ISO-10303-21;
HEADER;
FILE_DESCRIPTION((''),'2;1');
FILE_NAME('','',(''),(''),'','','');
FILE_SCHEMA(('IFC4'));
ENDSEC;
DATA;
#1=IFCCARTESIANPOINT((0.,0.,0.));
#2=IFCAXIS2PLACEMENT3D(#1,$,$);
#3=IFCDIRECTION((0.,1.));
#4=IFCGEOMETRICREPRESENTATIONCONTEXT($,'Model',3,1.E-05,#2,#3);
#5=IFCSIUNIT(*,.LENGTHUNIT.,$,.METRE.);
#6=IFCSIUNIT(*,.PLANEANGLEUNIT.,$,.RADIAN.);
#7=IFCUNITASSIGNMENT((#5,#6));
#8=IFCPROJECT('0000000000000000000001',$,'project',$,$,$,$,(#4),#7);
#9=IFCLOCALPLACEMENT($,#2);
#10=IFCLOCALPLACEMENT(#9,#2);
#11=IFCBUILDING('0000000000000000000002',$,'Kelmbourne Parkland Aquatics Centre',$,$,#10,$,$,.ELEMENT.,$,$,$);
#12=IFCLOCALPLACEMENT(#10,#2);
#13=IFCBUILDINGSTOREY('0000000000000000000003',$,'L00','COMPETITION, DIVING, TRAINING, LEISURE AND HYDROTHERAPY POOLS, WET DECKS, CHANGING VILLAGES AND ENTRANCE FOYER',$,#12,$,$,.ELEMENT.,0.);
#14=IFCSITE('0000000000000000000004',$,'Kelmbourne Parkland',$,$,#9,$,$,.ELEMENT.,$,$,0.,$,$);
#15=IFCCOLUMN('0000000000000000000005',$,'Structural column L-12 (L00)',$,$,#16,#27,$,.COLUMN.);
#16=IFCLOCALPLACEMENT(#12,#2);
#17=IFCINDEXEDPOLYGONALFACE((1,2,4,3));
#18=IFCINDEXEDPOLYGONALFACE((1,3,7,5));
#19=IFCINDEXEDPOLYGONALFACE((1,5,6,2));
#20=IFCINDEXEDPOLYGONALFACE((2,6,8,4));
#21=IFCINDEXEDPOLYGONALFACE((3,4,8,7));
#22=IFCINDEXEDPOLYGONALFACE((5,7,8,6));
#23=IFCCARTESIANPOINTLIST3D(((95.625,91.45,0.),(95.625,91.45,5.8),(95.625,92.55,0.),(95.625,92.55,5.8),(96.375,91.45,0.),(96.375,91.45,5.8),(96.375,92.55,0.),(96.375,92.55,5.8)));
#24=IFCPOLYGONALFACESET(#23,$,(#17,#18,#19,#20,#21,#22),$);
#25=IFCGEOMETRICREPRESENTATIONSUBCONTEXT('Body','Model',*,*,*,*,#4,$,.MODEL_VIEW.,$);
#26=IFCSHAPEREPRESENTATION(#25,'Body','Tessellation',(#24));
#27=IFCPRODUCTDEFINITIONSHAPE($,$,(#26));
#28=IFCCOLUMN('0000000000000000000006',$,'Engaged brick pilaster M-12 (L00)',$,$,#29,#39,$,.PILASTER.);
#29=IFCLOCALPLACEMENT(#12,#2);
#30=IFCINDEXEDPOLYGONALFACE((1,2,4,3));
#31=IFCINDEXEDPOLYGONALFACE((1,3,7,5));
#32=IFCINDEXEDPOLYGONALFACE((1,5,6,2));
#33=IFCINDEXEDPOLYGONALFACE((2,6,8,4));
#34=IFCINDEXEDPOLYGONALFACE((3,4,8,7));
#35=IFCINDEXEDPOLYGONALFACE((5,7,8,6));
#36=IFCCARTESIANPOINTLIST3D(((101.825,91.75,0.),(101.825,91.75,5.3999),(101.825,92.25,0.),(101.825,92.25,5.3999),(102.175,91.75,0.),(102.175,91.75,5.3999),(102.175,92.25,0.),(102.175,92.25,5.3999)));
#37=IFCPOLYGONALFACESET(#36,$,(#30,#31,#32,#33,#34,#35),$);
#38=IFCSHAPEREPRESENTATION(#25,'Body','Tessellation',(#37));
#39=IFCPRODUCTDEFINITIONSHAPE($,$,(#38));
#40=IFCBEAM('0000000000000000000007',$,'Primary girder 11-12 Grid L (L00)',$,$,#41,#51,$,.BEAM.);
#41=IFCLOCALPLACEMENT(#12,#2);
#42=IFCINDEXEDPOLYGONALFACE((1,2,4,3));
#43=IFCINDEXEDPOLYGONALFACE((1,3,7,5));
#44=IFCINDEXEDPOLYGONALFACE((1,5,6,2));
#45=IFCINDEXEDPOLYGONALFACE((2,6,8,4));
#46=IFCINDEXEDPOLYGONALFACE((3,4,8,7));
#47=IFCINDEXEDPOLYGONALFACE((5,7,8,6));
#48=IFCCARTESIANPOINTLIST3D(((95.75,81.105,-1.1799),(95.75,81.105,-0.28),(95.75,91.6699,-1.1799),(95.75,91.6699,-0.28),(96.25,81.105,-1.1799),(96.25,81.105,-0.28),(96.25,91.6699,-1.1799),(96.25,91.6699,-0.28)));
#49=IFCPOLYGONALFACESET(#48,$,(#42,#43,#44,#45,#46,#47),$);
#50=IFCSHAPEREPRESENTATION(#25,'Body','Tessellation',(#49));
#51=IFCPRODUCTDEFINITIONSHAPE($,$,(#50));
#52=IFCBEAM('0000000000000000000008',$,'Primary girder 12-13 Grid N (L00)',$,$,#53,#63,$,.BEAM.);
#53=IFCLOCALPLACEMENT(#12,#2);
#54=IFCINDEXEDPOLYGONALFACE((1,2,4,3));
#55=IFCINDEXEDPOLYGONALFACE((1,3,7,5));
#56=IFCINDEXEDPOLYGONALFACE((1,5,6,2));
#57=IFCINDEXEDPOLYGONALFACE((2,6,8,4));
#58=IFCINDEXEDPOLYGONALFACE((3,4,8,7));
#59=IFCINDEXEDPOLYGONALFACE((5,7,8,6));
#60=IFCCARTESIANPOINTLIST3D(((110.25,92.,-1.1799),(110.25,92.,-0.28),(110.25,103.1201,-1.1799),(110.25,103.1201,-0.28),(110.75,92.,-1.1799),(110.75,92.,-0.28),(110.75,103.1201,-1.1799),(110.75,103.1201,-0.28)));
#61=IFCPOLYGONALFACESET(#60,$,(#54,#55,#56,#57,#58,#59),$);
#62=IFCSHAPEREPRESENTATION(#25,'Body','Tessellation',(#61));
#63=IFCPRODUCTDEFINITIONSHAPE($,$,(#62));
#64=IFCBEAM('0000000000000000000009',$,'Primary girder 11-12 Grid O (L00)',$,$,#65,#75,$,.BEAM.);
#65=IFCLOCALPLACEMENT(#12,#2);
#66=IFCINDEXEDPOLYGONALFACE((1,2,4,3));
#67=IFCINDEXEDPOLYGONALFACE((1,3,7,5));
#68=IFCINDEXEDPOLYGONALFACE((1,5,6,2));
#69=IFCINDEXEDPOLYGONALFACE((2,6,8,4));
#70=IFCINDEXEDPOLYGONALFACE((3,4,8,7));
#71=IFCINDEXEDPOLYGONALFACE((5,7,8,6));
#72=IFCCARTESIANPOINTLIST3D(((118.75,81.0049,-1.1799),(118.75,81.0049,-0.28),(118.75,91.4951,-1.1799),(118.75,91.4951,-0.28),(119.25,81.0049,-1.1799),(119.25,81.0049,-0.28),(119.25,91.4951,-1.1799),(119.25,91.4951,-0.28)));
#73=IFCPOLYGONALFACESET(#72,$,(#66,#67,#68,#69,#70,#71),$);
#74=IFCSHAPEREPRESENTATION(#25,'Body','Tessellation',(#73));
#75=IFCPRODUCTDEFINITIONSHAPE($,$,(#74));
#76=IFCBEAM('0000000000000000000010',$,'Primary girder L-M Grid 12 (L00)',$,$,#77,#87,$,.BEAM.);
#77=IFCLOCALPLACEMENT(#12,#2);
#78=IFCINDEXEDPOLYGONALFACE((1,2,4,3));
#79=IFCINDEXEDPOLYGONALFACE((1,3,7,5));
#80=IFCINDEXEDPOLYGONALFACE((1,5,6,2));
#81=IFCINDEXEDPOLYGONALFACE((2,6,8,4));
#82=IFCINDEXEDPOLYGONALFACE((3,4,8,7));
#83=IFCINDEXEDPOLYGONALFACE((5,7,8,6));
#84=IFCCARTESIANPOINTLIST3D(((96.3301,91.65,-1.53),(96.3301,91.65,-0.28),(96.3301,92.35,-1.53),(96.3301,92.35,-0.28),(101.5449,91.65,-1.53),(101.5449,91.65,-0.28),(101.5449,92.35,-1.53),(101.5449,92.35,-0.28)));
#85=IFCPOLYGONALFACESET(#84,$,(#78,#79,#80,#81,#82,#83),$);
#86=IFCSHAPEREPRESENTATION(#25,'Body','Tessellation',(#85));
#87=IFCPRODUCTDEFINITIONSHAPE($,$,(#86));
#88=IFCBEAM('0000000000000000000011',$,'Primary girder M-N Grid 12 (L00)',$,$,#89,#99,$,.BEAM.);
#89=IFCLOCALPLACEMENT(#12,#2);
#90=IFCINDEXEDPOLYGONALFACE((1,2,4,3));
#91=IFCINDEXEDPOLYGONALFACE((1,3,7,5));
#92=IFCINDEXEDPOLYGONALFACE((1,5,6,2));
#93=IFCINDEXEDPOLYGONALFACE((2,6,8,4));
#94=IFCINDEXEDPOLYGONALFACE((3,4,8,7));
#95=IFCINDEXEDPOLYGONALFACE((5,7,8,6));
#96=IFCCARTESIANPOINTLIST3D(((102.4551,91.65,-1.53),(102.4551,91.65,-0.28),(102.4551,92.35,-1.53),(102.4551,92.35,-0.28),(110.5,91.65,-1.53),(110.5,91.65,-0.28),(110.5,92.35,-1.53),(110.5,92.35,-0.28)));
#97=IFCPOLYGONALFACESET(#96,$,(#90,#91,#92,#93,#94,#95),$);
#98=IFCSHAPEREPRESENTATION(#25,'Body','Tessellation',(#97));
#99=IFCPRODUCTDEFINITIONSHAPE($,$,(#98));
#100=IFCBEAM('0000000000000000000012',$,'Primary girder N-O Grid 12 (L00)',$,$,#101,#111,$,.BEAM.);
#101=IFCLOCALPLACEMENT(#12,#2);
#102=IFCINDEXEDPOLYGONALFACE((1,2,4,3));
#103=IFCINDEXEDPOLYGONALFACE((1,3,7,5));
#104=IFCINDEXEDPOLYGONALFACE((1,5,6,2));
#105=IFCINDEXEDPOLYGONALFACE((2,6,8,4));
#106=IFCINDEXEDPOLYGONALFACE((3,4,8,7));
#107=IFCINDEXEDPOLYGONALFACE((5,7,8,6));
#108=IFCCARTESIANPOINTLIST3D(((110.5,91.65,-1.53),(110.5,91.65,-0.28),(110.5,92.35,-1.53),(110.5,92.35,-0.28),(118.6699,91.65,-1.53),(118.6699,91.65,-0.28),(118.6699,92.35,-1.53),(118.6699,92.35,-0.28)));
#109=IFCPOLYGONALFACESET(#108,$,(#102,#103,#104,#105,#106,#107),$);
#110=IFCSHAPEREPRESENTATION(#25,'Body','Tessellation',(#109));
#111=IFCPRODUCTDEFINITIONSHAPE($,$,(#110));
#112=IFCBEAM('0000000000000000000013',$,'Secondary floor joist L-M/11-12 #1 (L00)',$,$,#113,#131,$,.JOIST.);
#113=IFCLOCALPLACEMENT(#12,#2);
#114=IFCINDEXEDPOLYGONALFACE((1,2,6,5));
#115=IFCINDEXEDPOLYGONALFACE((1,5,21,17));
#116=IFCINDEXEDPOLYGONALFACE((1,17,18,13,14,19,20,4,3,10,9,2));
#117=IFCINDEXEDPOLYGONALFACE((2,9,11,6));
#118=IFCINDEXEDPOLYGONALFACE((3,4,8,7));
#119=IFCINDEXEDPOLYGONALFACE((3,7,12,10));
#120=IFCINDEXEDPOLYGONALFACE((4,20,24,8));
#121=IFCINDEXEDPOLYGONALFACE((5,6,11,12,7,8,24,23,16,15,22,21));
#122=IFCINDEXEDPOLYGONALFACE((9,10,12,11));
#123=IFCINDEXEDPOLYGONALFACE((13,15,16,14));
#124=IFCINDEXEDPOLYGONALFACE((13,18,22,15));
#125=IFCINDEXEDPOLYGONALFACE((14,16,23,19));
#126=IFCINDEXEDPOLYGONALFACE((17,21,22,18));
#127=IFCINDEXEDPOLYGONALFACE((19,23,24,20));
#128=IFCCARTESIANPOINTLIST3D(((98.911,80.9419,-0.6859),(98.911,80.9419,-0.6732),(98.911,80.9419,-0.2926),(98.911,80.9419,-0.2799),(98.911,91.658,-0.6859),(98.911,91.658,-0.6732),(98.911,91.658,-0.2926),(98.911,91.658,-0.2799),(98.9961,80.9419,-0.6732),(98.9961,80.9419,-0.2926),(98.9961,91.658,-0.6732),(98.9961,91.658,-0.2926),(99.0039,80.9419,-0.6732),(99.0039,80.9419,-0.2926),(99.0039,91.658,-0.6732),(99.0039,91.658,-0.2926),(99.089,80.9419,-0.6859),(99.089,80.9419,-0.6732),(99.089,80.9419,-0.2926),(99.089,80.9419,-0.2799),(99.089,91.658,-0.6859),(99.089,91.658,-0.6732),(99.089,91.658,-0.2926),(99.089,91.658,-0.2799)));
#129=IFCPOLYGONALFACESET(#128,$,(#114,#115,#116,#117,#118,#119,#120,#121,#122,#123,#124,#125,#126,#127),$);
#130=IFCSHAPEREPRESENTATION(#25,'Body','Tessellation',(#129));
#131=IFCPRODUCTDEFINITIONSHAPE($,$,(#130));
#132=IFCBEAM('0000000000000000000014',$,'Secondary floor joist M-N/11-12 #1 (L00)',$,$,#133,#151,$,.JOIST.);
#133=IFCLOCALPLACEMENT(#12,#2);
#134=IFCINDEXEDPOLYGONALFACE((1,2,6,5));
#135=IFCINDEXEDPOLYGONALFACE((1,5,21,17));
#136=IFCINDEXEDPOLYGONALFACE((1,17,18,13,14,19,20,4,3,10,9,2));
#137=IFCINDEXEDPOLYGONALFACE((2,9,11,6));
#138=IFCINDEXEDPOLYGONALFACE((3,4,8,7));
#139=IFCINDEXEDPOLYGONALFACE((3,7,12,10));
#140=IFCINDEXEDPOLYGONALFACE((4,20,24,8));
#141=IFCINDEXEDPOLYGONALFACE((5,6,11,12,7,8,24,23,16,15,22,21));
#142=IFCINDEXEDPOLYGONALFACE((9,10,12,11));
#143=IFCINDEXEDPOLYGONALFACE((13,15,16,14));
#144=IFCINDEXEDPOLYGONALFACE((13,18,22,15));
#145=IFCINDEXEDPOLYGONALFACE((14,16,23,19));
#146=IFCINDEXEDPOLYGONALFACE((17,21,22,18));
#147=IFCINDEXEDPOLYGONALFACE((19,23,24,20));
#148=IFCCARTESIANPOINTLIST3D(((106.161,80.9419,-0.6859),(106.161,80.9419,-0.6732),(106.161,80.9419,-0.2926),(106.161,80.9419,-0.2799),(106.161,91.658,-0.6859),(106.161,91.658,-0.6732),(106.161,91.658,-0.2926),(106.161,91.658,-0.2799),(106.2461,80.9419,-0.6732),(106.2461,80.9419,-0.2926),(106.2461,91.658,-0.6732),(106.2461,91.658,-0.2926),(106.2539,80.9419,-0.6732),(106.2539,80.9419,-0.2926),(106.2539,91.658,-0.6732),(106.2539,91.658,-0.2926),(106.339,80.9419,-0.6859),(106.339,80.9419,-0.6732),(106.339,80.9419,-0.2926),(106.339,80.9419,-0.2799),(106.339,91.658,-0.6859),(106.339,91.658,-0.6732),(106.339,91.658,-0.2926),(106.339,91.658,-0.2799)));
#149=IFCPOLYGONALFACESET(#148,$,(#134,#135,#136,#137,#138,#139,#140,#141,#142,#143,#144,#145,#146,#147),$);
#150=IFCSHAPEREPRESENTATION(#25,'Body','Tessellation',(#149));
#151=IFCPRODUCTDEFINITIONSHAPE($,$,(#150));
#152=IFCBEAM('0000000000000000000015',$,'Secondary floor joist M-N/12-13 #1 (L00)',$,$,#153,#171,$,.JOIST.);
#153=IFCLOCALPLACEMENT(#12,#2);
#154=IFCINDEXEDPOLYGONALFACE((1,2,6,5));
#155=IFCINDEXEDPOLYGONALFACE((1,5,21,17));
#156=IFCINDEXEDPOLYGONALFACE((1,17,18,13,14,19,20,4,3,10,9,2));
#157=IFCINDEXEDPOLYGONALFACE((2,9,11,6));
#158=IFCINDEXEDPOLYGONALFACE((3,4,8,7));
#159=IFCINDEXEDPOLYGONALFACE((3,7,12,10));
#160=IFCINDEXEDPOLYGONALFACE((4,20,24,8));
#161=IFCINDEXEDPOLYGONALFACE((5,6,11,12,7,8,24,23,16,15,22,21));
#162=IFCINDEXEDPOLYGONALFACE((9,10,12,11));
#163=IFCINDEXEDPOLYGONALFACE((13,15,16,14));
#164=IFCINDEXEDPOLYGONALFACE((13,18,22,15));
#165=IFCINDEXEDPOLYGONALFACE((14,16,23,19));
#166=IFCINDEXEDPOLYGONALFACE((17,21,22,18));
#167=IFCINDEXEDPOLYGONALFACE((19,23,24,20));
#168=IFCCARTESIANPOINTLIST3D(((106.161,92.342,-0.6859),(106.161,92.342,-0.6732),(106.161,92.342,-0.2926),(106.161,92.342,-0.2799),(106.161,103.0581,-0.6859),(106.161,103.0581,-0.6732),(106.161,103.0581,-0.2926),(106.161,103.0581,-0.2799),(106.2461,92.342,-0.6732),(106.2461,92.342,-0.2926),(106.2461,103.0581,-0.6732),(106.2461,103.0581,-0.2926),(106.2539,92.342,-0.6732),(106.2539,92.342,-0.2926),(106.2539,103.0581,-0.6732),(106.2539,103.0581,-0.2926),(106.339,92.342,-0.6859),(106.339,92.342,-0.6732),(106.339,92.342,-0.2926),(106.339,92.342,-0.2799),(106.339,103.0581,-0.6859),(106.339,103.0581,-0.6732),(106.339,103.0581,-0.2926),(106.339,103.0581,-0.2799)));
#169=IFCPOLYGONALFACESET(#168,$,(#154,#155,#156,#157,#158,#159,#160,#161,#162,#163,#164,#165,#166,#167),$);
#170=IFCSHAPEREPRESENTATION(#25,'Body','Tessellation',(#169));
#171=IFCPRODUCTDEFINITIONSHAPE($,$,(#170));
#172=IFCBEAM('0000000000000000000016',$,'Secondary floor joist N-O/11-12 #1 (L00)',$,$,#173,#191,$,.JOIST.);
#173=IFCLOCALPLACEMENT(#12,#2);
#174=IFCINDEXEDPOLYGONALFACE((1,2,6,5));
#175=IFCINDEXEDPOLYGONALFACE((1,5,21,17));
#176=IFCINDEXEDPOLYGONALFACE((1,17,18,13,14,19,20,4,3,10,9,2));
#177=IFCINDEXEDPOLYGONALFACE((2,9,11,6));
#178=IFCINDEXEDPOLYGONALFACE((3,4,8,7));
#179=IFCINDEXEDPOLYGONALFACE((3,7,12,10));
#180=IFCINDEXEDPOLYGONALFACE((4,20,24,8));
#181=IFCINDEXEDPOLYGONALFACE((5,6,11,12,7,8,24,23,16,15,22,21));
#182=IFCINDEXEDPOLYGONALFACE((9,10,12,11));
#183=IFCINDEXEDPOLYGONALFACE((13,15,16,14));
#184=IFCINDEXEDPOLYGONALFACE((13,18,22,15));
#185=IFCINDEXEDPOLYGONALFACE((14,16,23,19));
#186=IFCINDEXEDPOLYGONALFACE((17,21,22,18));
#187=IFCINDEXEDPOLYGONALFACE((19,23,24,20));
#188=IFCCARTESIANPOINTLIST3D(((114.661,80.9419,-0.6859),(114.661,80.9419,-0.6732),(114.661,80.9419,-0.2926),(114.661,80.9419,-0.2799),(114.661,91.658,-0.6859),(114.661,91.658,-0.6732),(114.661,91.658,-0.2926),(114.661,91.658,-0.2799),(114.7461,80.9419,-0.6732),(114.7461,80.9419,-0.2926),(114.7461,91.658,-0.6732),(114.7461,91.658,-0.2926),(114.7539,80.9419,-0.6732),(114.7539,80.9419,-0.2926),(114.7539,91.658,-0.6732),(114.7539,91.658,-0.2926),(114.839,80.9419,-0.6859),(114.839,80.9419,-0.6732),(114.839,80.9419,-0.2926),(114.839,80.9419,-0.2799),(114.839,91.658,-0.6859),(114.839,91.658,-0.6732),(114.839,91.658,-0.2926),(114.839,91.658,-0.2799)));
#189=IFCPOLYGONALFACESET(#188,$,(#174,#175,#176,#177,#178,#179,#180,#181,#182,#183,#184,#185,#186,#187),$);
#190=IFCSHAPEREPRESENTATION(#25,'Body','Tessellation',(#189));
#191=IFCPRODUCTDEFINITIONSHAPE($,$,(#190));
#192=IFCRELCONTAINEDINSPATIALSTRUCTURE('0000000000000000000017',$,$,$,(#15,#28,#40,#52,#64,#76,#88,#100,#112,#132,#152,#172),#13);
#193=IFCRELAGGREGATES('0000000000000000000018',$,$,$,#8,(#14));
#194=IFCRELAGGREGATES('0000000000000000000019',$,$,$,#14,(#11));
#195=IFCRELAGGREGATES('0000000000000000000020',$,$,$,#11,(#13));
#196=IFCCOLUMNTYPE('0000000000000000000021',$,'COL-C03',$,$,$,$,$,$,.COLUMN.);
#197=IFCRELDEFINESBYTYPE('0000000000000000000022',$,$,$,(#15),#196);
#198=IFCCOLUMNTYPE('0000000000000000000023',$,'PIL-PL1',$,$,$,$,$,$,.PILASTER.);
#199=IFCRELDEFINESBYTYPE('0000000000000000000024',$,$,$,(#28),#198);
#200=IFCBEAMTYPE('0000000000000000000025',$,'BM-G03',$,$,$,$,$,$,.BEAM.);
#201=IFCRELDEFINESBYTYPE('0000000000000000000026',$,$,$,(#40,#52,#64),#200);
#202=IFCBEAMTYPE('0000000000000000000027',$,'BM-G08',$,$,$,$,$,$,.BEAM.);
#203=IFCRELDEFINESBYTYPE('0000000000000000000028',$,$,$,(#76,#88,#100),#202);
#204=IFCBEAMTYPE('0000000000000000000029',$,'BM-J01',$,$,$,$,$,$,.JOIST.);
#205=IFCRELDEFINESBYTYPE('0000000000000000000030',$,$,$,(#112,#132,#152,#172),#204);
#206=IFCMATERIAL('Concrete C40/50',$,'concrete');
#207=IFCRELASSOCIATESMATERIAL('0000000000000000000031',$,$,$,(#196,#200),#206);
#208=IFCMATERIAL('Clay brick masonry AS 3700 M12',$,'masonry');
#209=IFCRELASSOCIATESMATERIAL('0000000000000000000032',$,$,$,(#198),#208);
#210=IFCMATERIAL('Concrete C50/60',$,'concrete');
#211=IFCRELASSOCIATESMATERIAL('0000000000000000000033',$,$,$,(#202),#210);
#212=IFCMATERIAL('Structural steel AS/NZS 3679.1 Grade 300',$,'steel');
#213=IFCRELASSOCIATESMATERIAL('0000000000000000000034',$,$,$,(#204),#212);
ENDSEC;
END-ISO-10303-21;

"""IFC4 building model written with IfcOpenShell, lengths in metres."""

from ifc_helpers import new_model, si_unit, direction, frame, origin, origin_2d, place, context, subcontext, project, spatial, rectangle, i_section, extrude, material, material_profile, profile_set, type_object, element, save


model = new_model("IFC4")

# Units and contexts
model_context = context("Model", 3, precision=1e-05, world=origin(), true_north=direction((0.0, 1.0)))
body_context = subcontext(model_context, "Body", "Model", "MODEL_VIEW")
ifc_project = project(units=[si_unit("LENGTHUNIT", "METRE"), si_unit("PLANEANGLEUNIT", "RADIAN")], contexts=[model_context])

# Site, building, storey
site_placement = place(None, origin())
site = spatial("IfcSite", under=ifc_project, at=site_placement, Name="Kelmbourne Parkland", CompositionType="ELEMENT", RefElevation=0.0)
building_placement = place(site_placement, origin())
building = spatial("IfcBuilding", under=site, at=building_placement, Name="Kelmbourne Parkland Aquatics Centre", CompositionType="ELEMENT")
storey_placement = place(building_placement, origin())
storey = spatial("IfcBuildingStorey", under=building, at=storey_placement, Name="L00", Description="COMPETITION, DIVING, TRAINING, LEISURE AND HYDROTHERAPY POOLS, WET DECKS, CHANGING VILLAGES AND ENTRANCE FOYER", CompositionType="ELEMENT", Elevation=0.0)

# Columns
ifc_material_1 = material(Name="Concrete C40/50", Category="concrete")
ifc_material_profile_1 = material_profile(ifc_material_1, rectangle(XDim=0.75, YDim=1.1001, at=origin_2d()), Name="RC 750x1100")
ifc_profile_set_1 = profile_set([ifc_material_profile_1], Name="Concrete C40/50")
column_type_1 = type_object("IfcColumnType", Name="COL-C03", PredefinedType="COLUMN", material=ifc_profile_set_1)
column_1_placement = place(storey_placement, frame((96.0, 92.0, 0.0), z_axis=(0.0, 0.0, 1.0), x_axis=(1.0, 0.0, 0.0)))
element("IfcColumn", 1, at=column_1_placement, inside=storey, type_object=column_type_1, Name="Structural column L-12 (L00)", PredefinedType="COLUMN", context=body_context, shape_type="SweptSolid", body=[
    extrude(rectangle(XDim=0.75, YDim=1.1001, at=origin_2d()), origin(), (0.0, 0.0, 1.0), 5.8),
])
ifc_material_2 = material(Name="Clay brick masonry AS 3700 M12", Category="masonry")
ifc_material_profile_2 = material_profile(ifc_material_2, rectangle(XDim=0.3501, YDim=0.5, at=origin_2d()), Name="PIL 350x500")
ifc_profile_set_2 = profile_set([ifc_material_profile_2], Name="Clay brick masonry AS 3700 M12")
column_type_2 = type_object("IfcColumnType", Name="PIL-PL1", PredefinedType="PILASTER", material=ifc_profile_set_2)
column_2_placement = place(storey_placement, frame((102.0, 92.0, 0.0), z_axis=(0.0, 0.0, 1.0), x_axis=(1.0, 0.0, 0.0)))
element("IfcColumn", 2, at=column_2_placement, inside=storey, type_object=column_type_2, Name="Engaged brick pilaster M-12 (L00)", PredefinedType="PILASTER", context=body_context, shape_type="SweptSolid", body=[
    extrude(rectangle(XDim=0.3501, YDim=0.5, at=origin_2d()), origin(), (0.0, 0.0, 1.0), 5.3999),
])

# Beams
ifc_material_profile_3 = material_profile(ifc_material_1, rectangle(XDim=0.5, YDim=0.8999, at=origin_2d()), Name="RC 500x900")
ifc_profile_set_3 = profile_set([ifc_material_profile_3], Name="Concrete C40/50")
beam_type_1 = type_object("IfcBeamType", Name="BM-G03", PredefinedType="BEAM", material=ifc_profile_set_3)
beam_1_placement = place(storey_placement, frame((96.0, 81.105, -0.73), z_axis=(0.0, 1.0, 0.0), x_axis=(-1.0, 0.0, 0.0)))
element("IfcBeam", 3, at=beam_1_placement, inside=storey, type_object=beam_type_1, Name="Primary girder 11-12 Grid L (L00)", PredefinedType="BEAM", context=body_context, shape_type="SweptSolid", body=[
    extrude(rectangle(XDim=0.5, YDim=0.8999, at=origin_2d()), origin(), (0.0, 0.0, 1.0), 10.5649),
])
beam_2_placement = place(storey_placement, frame((110.5, 92.0, -0.73), z_axis=(0.0, 1.0, 0.0), x_axis=(-1.0, 0.0, 0.0)))
element("IfcBeam", 4, at=beam_2_placement, inside=storey, type_object=beam_type_1, Name="Primary girder 12-13 Grid N (L00)", PredefinedType="BEAM", context=body_context, shape_type="SweptSolid", body=[
    extrude(rectangle(XDim=0.5, YDim=0.8999, at=origin_2d()), origin(), (0.0, 0.0, 1.0), 11.1201),
])
beam_3_placement = place(storey_placement, frame((119.0, 81.0049, -0.73), z_axis=(0.0, 1.0, 0.0), x_axis=(-1.0, 0.0, 0.0)))
element("IfcBeam", 5, at=beam_3_placement, inside=storey, type_object=beam_type_1, Name="Primary girder 11-12 Grid O (L00)", PredefinedType="BEAM", context=body_context, shape_type="SweptSolid", body=[
    extrude(rectangle(XDim=0.5, YDim=0.8999, at=origin_2d()), origin(), (0.0, 0.0, 1.0), 10.4902),
])
ifc_material_3 = material(Name="Concrete C50/60", Category="concrete")
ifc_material_profile_4 = material_profile(ifc_material_3, rectangle(XDim=0.7, YDim=1.25, at=origin_2d()), Name="RC 700x1250")
ifc_profile_set_4 = profile_set([ifc_material_profile_4], Name="Concrete C50/60")
beam_type_2 = type_object("IfcBeamType", Name="BM-G08", PredefinedType="BEAM", material=ifc_profile_set_4)
beam_4_placement = place(storey_placement, frame((96.3301, 92.0, -0.905), z_axis=(1.0, 0.0, 0.0), x_axis=(0.0, 1.0, 0.0)))
element("IfcBeam", 6, at=beam_4_placement, inside=storey, type_object=beam_type_2, Name="Primary girder L-M Grid 12 (L00)", PredefinedType="BEAM", context=body_context, shape_type="SweptSolid", body=[
    extrude(rectangle(XDim=0.7, YDim=1.25, at=origin_2d()), origin(), (0.0, 0.0, 1.0), 5.2148),
])
beam_5_placement = place(storey_placement, frame((102.4551, 92.0, -0.905), z_axis=(1.0, 0.0, 0.0), x_axis=(0.0, 1.0, 0.0)))
element("IfcBeam", 7, at=beam_5_placement, inside=storey, type_object=beam_type_2, Name="Primary girder M-N Grid 12 (L00)", PredefinedType="BEAM", context=body_context, shape_type="SweptSolid", body=[
    extrude(rectangle(XDim=0.7, YDim=1.25, at=origin_2d()), origin(), (0.0, 0.0, 1.0), 8.0449),
])
beam_6_placement = place(storey_placement, frame((110.5, 92.0, -0.905), z_axis=(1.0, 0.0, 0.0), x_axis=(0.0, 1.0, 0.0)))
element("IfcBeam", 8, at=beam_6_placement, inside=storey, type_object=beam_type_2, Name="Primary girder N-O Grid 12 (L00)", PredefinedType="BEAM", context=body_context, shape_type="SweptSolid", body=[
    extrude(rectangle(XDim=0.7, YDim=1.25, at=origin_2d()), origin(), (0.0, 0.0, 1.0), 8.1699),
])
ifc_material_4 = material(Name="Structural steel AS/NZS 3679.1 Grade 300", Category="steel")
ifc_material_profile_5 = material_profile(ifc_material_4, i_section(OverallWidth=0.178, OverallDepth=0.406, WebThickness=0.0078, FlangeThickness=0.0127, at=origin_2d()), Name="410UB59.7")
ifc_profile_set_5 = profile_set([ifc_material_profile_5], Name="Structural steel AS/NZS 3679.1 Grade 300")
beam_type_3 = type_object("IfcBeamType", Name="BM-J01", PredefinedType="JOIST", material=ifc_profile_set_5)
for number, where, z_axis, x_axis, name in (
    (9, (99.0, 80.9419, -0.4829), (0.0, 1.0, 0.0), (-1.0, 0.0, 0.0), "Secondary floor joist L-M/11-12 #1 (L00)"),
    (10, (106.25, 80.9419, -0.4829), (0.0, 1.0, 0.0), (-1.0, 0.0, 0.0), "Secondary floor joist M-N/11-12 #1 (L00)"),
    (11, (106.25, 92.342, -0.4829), (0.0, 1.0, 0.0), (-1.0, 0.0, 0.0), "Secondary floor joist M-N/12-13 #1 (L00)"),
    (12, (114.75, 80.9419, -0.4829), (0.0, 1.0, 0.0), (-1.0, 0.0, 0.0), "Secondary floor joist N-O/11-12 #1 (L00)"),
):
    element("IfcBeam", number, at=place(storey_placement, frame(where, z_axis=z_axis, x_axis=x_axis)), inside=storey, type_object=beam_type_3, Name=name, PredefinedType="JOIST", context=body_context, shape_type="SweptSolid", body=[
        extrude(i_section(OverallWidth=0.178, OverallDepth=0.406, WebThickness=0.0078, FlangeThickness=0.0127, at=origin_2d()), origin(), (0.0, 0.0, 1.0), 10.7161),
    ])

save(model, "model.ifc")
